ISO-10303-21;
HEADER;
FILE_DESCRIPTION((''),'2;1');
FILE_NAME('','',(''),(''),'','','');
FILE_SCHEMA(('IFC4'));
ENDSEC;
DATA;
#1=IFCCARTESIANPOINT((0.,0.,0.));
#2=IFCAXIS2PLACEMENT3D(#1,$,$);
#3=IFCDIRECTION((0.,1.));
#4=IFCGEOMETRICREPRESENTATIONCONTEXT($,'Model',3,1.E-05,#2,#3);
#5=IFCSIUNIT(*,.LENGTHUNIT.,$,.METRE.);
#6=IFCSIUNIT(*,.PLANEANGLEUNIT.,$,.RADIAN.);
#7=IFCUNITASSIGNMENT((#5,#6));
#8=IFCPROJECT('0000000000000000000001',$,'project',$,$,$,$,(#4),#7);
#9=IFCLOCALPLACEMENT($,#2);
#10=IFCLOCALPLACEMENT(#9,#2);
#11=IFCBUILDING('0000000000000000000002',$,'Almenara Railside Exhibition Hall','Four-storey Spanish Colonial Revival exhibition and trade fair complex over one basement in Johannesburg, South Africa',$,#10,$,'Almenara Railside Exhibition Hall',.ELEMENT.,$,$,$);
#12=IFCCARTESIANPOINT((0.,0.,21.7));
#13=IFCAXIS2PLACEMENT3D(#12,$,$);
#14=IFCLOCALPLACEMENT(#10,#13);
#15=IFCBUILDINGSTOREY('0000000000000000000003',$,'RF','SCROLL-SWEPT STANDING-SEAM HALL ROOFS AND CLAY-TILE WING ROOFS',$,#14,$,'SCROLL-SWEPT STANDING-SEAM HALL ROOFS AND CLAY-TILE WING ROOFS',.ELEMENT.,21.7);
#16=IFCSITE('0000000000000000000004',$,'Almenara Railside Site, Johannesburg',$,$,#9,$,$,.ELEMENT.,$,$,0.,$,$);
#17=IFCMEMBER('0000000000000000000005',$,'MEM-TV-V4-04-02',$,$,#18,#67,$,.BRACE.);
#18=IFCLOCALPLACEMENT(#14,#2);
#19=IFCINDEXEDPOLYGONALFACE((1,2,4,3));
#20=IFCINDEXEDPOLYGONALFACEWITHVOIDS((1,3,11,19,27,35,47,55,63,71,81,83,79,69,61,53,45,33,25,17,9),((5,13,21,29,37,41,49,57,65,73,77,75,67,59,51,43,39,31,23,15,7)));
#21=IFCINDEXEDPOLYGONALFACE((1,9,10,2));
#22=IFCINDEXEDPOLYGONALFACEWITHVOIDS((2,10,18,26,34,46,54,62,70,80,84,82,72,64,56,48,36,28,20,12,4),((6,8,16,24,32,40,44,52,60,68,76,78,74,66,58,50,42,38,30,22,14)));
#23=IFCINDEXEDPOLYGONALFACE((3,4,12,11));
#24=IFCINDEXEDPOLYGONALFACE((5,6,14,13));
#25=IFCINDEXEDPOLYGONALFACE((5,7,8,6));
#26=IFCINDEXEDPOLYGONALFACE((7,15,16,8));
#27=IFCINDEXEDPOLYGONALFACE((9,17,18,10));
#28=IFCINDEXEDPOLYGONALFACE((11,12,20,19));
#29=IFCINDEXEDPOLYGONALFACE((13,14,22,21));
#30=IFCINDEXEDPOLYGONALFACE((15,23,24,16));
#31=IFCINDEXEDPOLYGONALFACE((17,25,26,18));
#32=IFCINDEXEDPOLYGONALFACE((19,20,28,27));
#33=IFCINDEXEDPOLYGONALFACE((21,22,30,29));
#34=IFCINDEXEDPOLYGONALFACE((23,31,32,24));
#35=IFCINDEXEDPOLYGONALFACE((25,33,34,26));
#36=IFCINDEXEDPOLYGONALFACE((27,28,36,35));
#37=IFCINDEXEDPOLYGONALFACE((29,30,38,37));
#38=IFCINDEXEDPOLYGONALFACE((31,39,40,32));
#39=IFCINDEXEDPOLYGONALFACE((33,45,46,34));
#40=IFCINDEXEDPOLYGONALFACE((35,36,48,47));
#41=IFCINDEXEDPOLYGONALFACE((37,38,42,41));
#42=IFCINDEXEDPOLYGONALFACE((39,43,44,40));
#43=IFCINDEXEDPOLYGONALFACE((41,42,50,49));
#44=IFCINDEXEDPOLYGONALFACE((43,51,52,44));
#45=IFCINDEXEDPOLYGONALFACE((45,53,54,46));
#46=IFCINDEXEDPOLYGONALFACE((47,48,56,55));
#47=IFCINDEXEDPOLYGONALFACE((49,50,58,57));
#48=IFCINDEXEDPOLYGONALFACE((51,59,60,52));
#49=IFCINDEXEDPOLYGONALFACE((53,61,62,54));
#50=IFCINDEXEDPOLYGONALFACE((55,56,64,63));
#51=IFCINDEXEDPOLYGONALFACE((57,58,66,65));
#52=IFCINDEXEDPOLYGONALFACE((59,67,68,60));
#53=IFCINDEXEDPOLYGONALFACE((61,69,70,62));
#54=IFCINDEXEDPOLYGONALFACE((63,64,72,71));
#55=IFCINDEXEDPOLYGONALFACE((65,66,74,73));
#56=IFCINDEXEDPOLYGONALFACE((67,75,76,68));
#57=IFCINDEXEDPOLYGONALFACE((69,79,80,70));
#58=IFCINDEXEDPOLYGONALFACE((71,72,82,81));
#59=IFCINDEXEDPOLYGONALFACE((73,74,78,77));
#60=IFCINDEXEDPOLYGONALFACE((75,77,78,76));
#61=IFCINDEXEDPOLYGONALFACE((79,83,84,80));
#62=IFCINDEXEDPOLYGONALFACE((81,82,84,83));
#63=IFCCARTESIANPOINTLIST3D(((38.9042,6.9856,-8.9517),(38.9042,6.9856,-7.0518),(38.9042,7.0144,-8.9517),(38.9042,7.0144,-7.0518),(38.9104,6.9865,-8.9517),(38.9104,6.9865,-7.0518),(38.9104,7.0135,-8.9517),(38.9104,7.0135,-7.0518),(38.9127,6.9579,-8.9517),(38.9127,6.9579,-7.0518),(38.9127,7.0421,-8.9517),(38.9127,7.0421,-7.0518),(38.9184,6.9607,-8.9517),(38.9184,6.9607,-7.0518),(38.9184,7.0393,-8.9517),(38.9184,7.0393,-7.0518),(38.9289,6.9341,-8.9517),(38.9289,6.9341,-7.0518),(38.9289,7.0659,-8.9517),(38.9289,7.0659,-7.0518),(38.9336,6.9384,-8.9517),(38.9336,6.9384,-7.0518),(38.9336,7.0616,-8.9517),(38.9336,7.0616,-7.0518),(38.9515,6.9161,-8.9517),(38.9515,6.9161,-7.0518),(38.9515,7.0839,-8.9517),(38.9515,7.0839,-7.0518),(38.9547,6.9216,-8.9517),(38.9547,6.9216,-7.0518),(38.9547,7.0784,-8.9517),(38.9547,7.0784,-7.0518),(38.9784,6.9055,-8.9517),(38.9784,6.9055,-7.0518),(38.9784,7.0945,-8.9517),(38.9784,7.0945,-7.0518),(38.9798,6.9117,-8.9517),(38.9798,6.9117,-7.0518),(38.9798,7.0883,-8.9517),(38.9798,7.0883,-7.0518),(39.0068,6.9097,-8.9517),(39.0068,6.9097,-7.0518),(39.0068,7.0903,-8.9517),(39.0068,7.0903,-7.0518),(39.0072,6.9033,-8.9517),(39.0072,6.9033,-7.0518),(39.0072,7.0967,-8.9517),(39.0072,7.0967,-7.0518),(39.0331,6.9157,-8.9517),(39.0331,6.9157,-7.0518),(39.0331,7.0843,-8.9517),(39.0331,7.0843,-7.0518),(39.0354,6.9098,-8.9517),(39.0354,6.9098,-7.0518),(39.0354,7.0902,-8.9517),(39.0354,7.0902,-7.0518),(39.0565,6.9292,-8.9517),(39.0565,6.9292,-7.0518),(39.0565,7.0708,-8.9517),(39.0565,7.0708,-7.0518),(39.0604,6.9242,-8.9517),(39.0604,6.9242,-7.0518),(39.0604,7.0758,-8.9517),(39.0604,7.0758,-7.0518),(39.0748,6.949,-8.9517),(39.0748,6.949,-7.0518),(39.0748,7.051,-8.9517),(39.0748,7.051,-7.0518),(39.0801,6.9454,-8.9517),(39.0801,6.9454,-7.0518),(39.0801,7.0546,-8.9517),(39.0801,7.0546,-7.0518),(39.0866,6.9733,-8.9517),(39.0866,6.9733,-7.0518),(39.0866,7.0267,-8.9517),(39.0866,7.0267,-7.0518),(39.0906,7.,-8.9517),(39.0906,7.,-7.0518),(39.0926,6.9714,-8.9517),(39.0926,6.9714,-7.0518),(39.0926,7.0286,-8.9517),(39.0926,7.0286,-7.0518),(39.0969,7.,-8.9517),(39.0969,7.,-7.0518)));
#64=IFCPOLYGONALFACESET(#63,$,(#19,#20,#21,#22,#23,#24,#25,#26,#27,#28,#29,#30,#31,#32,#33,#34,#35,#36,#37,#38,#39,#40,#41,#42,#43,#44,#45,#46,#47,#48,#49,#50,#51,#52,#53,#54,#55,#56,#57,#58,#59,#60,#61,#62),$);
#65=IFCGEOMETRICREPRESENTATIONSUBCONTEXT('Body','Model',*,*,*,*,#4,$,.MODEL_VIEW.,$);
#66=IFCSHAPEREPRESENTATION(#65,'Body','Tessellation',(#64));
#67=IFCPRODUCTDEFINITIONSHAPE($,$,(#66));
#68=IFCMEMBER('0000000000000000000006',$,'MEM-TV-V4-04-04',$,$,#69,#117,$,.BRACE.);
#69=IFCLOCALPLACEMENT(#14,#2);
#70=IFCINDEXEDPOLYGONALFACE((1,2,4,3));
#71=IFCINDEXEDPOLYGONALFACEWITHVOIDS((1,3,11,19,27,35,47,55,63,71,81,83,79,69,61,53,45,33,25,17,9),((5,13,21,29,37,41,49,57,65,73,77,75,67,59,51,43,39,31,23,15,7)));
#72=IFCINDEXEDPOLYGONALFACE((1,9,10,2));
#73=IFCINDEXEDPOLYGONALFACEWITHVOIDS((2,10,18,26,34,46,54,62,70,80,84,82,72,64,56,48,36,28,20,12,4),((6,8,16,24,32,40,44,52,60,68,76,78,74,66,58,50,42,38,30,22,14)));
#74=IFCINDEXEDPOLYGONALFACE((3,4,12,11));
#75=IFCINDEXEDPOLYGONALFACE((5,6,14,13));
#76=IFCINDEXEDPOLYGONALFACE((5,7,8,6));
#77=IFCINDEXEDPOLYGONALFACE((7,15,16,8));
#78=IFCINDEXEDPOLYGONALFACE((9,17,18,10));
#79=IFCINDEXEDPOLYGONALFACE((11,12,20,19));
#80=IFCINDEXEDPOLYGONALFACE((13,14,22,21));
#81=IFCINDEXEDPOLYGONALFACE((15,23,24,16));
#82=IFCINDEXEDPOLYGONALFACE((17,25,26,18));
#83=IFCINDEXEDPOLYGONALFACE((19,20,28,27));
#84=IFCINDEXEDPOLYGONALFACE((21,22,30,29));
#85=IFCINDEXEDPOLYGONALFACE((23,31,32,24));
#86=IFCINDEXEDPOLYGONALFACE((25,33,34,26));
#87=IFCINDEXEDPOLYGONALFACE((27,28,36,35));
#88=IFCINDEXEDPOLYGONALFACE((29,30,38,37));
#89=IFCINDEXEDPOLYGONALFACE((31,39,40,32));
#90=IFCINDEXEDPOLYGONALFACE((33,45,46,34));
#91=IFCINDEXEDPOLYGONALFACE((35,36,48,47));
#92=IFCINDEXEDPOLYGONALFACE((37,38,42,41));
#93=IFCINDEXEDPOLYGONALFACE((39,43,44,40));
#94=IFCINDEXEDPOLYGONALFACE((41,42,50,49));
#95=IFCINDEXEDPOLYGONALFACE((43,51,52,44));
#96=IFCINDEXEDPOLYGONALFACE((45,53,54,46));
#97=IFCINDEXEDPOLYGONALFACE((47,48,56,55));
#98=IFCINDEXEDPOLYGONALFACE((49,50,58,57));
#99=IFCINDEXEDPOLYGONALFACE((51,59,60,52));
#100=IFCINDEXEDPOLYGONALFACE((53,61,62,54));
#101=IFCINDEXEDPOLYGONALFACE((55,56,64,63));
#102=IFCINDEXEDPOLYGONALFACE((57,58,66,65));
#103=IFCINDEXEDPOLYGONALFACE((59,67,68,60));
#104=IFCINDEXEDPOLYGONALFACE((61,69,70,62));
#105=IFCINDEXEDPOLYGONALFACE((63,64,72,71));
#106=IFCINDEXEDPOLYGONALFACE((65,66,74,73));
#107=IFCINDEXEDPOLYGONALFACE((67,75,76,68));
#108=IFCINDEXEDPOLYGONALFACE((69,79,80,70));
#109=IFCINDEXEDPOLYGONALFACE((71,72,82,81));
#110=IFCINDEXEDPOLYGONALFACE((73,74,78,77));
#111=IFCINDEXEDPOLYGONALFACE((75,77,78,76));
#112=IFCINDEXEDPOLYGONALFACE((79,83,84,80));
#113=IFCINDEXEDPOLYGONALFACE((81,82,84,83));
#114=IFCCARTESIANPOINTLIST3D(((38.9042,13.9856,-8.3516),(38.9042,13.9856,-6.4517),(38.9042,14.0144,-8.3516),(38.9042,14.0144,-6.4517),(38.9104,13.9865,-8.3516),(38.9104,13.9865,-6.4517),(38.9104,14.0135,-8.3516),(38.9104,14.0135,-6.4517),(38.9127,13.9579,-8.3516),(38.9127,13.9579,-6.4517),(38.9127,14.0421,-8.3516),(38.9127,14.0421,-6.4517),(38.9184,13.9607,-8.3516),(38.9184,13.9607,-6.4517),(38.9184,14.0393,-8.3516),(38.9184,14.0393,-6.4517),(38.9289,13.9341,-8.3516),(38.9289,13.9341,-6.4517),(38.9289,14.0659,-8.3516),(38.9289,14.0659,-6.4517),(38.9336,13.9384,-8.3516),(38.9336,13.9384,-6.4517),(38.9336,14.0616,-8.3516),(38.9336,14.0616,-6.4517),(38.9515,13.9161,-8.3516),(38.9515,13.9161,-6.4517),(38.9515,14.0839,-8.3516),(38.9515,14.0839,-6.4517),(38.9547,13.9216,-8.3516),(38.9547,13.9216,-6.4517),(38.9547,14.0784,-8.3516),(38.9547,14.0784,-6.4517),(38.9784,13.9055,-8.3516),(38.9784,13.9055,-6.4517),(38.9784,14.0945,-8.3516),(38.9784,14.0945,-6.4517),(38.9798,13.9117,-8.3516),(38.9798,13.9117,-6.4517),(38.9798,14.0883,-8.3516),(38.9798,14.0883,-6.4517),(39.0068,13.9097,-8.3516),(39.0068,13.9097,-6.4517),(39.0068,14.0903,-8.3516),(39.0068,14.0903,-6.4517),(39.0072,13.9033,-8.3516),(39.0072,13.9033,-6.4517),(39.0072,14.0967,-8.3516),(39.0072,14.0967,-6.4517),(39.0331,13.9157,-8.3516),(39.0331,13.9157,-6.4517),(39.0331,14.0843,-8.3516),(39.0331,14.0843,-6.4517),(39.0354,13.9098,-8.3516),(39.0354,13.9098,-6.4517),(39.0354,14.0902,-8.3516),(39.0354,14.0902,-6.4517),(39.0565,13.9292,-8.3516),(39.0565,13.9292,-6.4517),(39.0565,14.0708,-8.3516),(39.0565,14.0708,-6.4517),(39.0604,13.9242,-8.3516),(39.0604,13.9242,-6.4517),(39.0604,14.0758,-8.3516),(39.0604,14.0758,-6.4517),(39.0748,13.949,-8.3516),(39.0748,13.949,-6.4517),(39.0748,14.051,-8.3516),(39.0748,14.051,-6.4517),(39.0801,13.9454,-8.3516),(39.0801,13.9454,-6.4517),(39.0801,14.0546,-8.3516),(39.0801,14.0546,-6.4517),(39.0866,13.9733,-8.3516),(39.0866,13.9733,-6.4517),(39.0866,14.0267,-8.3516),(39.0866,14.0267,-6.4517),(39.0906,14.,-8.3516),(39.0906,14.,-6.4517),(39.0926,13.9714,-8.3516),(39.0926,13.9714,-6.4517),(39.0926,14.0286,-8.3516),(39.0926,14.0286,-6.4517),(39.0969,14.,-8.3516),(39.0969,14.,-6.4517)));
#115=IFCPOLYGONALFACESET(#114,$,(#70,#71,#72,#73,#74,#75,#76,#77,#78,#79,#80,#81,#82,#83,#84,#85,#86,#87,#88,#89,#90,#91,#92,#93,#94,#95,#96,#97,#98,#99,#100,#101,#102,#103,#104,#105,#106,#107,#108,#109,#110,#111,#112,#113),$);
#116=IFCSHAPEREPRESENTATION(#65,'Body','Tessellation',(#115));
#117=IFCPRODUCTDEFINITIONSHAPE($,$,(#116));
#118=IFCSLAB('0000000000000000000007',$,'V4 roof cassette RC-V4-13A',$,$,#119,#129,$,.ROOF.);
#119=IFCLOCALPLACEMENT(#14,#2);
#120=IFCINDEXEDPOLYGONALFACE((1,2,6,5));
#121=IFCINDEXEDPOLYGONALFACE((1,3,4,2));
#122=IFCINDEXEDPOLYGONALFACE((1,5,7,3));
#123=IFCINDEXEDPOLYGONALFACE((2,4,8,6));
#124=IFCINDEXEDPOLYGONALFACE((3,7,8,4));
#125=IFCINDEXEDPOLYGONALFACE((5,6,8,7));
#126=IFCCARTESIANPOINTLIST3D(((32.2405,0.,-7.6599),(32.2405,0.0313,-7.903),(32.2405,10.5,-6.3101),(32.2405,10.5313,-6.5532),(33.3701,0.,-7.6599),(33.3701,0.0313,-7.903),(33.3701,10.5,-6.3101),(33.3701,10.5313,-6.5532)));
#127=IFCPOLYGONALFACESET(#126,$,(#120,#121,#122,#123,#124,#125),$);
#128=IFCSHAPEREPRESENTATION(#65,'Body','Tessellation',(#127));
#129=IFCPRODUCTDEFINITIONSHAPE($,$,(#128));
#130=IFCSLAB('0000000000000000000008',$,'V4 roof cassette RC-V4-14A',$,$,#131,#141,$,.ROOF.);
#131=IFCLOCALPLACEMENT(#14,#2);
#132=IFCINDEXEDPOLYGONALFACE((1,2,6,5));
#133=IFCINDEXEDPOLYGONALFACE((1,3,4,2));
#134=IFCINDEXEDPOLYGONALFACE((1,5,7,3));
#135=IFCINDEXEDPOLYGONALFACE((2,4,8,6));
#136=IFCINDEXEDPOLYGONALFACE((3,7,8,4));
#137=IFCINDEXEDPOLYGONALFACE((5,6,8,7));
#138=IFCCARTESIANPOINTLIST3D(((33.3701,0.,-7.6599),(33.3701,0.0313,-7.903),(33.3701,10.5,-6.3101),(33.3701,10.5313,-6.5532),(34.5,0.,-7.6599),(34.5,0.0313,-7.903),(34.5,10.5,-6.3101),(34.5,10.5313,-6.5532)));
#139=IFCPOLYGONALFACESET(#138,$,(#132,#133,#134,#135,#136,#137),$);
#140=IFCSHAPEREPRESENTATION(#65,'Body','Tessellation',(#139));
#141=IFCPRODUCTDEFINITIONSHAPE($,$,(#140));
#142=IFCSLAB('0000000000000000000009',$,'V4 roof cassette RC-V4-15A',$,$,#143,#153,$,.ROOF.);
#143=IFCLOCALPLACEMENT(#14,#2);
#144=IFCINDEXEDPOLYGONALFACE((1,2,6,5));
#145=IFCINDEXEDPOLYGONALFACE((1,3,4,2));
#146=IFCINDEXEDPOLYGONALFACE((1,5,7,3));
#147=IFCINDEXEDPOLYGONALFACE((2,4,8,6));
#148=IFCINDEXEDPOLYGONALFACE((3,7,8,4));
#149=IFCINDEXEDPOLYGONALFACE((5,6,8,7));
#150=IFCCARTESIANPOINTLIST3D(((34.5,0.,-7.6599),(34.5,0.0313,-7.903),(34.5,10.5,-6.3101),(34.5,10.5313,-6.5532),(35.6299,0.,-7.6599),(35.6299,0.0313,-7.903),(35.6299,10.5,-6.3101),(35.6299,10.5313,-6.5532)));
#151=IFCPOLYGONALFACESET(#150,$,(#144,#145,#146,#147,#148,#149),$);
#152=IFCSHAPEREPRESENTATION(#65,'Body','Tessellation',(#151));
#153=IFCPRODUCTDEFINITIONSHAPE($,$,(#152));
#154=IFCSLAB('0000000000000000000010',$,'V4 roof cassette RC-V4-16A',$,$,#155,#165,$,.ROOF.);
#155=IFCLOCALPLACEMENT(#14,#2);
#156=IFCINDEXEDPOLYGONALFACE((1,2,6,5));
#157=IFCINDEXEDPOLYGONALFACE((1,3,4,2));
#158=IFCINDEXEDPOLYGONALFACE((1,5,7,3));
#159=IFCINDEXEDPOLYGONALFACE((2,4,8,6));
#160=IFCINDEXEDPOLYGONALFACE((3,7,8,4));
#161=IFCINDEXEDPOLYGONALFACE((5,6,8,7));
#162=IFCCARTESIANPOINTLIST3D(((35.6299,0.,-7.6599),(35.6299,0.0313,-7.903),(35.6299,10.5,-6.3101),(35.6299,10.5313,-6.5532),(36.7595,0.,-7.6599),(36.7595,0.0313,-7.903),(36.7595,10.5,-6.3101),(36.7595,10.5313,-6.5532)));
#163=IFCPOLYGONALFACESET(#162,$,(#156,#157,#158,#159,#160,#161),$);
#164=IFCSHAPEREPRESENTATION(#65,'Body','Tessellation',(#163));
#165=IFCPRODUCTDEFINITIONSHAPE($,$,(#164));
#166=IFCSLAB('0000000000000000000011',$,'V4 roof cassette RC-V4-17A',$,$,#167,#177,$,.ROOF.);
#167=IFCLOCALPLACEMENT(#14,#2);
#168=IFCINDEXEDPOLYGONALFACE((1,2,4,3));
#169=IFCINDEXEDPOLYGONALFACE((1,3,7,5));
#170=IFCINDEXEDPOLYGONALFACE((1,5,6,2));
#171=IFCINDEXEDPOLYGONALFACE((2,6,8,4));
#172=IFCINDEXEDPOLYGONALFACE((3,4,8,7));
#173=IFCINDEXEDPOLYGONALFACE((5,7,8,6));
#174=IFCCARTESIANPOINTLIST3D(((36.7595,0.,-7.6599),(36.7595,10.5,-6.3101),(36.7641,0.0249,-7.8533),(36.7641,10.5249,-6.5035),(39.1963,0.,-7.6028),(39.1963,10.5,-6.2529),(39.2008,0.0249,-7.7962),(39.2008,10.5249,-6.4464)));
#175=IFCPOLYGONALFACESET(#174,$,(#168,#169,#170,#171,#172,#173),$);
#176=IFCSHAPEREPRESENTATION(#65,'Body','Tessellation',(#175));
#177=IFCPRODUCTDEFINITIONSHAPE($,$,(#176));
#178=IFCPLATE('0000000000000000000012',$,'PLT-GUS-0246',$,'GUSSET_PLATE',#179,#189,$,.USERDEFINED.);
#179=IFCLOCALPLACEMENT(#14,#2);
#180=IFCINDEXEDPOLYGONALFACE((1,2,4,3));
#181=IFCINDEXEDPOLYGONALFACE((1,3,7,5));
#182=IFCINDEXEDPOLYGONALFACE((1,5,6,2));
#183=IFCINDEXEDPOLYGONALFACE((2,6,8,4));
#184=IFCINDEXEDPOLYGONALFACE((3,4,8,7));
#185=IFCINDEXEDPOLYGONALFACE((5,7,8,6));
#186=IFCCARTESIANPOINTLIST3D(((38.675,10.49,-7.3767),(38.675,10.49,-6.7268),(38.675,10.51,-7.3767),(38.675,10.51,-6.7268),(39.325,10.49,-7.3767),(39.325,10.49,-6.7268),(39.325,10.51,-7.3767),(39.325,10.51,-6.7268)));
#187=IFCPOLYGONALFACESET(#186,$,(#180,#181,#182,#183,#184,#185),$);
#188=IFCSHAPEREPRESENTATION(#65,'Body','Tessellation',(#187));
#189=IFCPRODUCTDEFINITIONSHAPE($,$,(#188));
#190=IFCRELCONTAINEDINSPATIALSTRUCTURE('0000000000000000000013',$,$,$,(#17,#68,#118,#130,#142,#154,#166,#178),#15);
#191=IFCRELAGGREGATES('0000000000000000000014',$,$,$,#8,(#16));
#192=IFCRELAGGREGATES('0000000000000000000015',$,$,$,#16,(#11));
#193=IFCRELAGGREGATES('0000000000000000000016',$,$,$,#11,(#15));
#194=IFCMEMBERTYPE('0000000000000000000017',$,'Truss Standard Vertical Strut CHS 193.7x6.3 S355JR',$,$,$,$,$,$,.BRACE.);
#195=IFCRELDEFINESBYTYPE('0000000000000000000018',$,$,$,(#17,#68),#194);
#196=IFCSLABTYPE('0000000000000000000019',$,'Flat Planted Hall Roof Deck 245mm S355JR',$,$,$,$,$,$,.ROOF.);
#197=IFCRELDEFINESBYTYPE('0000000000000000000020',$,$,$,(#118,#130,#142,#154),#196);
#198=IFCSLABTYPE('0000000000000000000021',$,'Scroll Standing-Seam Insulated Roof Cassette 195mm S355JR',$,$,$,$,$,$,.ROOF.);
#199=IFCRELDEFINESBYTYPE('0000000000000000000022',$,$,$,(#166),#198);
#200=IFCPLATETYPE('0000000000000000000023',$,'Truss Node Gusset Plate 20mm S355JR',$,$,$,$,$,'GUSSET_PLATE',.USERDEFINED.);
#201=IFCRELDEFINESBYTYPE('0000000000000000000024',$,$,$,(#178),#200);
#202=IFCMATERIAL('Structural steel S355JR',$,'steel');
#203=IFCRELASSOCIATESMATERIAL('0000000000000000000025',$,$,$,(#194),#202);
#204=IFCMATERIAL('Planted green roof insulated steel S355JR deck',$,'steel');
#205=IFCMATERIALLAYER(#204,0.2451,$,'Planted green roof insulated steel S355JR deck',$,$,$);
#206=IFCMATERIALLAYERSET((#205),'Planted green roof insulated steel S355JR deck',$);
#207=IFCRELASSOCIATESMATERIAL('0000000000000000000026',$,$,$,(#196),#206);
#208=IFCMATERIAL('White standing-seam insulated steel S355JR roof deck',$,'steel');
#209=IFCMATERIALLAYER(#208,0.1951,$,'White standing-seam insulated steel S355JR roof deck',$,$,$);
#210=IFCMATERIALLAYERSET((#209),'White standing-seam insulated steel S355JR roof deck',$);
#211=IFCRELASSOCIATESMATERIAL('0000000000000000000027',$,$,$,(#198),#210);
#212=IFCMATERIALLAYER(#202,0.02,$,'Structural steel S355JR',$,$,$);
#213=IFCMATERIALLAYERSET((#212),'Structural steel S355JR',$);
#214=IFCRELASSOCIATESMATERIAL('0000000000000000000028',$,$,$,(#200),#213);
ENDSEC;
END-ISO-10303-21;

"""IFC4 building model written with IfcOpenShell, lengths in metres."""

from ifc_helpers import new_model, si_unit, direction, frame, origin, origin_2d, place, context, subcontext, project, spatial, polyline, rectangle, hollow_circle, outline, extrude, material, layer, layer_set, material_profile, profile_set, type_object, element, save


model = new_model("IFC4")

# Units and contexts
model_context = context("Model", 3, precision=1e-05, world=origin(), true_north=direction((0.0, 1.0)))
body_context = subcontext(model_context, "Body", "Model", "MODEL_VIEW")
ifc_project = project(units=[si_unit("LENGTHUNIT", "METRE"), si_unit("PLANEANGLEUNIT", "RADIAN")], contexts=[model_context])

# Site, building, storey
site_placement = place(None, origin())
site = spatial("IfcSite", under=ifc_project, at=site_placement, Name="Almenara Railside Site, Johannesburg", CompositionType="ELEMENT", RefElevation=0.0)
building_placement = place(site_placement, origin())
building = spatial("IfcBuilding", under=site, at=building_placement, Name="Almenara Railside Exhibition Hall", Description="Four-storey Spanish Colonial Revival exhibition and trade fair complex over one basement in Johannesburg, South Africa", LongName="Almenara Railside Exhibition Hall", CompositionType="ELEMENT")
storey_placement = place(building_placement, frame((0.0, 0.0, 21.7)))
storey = spatial("IfcBuildingStorey", under=building, at=storey_placement, Name="RF", Description="SCROLL-SWEPT STANDING-SEAM HALL ROOFS AND CLAY-TILE WING ROOFS", LongName="SCROLL-SWEPT STANDING-SEAM HALL ROOFS AND CLAY-TILE WING ROOFS", CompositionType="ELEMENT", Elevation=21.7)

# Members
ifc_material_1 = material(Name="Structural steel S355JR", Category="steel")
ifc_material_profile_1 = material_profile(ifc_material_1, hollow_circle(Radius=0.0969, WallThickness=0.0063, at=origin_2d()), Name="CHS 193.7x6.3")
ifc_profile_set_1 = profile_set([ifc_material_profile_1], Name="Structural steel S355JR")
member_type_1 = type_object("IfcMemberType", Name="Truss Standard Vertical Strut CHS 193.7x6.3 S355JR", PredefinedType="BRACE", material=ifc_profile_set_1)
for number, where, z_axis, x_axis, name in (
    (1, (39.0, 7.0, -8.9517), (0.0, 0.0, 1.0), (1.0, 0.0, 0.0), "MEM-TV-V4-04-02"),
    (2, (39.0, 14.0, -8.3516), (0.0, 0.0, 1.0), (1.0, 0.0, 0.0), "MEM-TV-V4-04-04"),
):
    element("IfcMember", number, at=place(storey_placement, frame(where, z_axis=z_axis, x_axis=x_axis)), inside=storey, type_object=member_type_1, Name=name, PredefinedType="BRACE", context=body_context, shape_type="SweptSolid", body=[
        extrude(hollow_circle(Radius=0.0969, WallThickness=0.0063, at=origin_2d()), origin(), (0.0, 0.0, 1.0), 1.8999),
    ])

# Slabs
ifc_material_2 = material(Name="Planted green roof insulated steel S355JR deck", Category="steel")
ifc_layer_1 = layer(ifc_material_2, 0.2451, Name="Planted green roof insulated steel S355JR deck")
ifc_layer_set_1 = layer_set([ifc_layer_1], Name="Planted green roof insulated steel S355JR deck")
slab_type_1 = type_object("IfcSlabType", Name="Flat Planted Hall Roof Deck 245mm S355JR", PredefinedType="ROOF", material=ifc_layer_set_1)
slab_1_placement = place(storey_placement, frame((32.2405, 10.5, -6.3101), z_axis=(0.0, -0.127508, 0.991838), x_axis=(1.0, 0.0, 0.0)))
element("IfcSlab", 3, at=slab_1_placement, inside=storey, type_object=slab_type_1, Name="V4 roof cassette RC-V4-13A", PredefinedType="ROOF", context=body_context, shape_type="SweptSolid", body=[
    extrude(outline(polyline([(0.0, 0.0), (1.1296, 0.0), (1.1296, -10.5864), (0.0, -10.5864), (0.0, 0.0)])), origin(), (0.0, 0.0, -1.0), 0.2451),
])
for number, where, z_axis, x_axis, name in (
    (4, (33.3701, 10.5, -6.3101), (0.0, -0.127508, 0.991838), (1.0, 0.0, 0.0), "V4 roof cassette RC-V4-14A"),
    (5, (34.5, 10.5, -6.3101), (0.0, -0.127508, 0.991838), (1.0, 0.0, 0.0), "V4 roof cassette RC-V4-15A"),
):
    element("IfcSlab", number, at=place(storey_placement, frame(where, z_axis=z_axis, x_axis=x_axis)), inside=storey, type_object=slab_type_1, Name=name, PredefinedType="ROOF", context=body_context, shape_type="SweptSolid", body=[
        extrude(outline(polyline([(0.0, 0.0), (1.1299, 0.0), (1.1299, -10.5864), (0.0, -10.5864), (0.0, 0.0)])), origin(), (0.0, 0.0, -1.0), 0.2451),
    ])
slab_2_placement = place(storey_placement, frame((35.6299, 10.5, -6.3101), z_axis=(0.0, -0.127508, 0.991838), x_axis=(1.0, 0.0, 0.0)))
element("IfcSlab", 6, at=slab_2_placement, inside=storey, type_object=slab_type_1, Name="V4 roof cassette RC-V4-16A", PredefinedType="ROOF", context=body_context, shape_type="SweptSolid", body=[
    extrude(outline(polyline([(0.0, 0.0), (1.1296, 0.0), (1.1296, -10.5864), (0.0, -10.5864), (0.0, 0.0)])), origin(), (0.0, 0.0, -1.0), 0.2451),
])
ifc_material_3 = material(Name="White standing-seam insulated steel S355JR roof deck", Category="steel")
ifc_layer_2 = layer(ifc_material_3, 0.1951, Name="White standing-seam insulated steel S355JR roof deck")
ifc_layer_set_2 = layer_set([ifc_layer_2], Name="White standing-seam insulated steel S355JR roof deck")
slab_type_2 = type_object("IfcSlabType", Name="Scroll Standing-Seam Insulated Roof Cassette 195mm S355JR", PredefinedType="ROOF", material=ifc_layer_set_2)
slab_3_placement = place(storey_placement, frame((36.7595, 10.5, -6.3101), z_axis=(-0.023247, -0.127474, 0.991569), x_axis=(0.999725, 0.0, 0.023438)))
element("IfcSlab", 7, at=slab_3_placement, inside=storey, type_object=slab_type_2, Name="V4 roof cassette RC-V4-17A", PredefinedType="ROOF", context=body_context, shape_type="SweptSolid", body=[
    extrude(outline(polyline([(0.0, 0.0), (2.4374, 0.0), (2.4058, -10.5864), (-0.0316, -10.5864), (0.0, 0.0)])), origin(), (0.0, 0.0, -1.0), 0.1951),
])

# Plate
ifc_layer_3 = layer(ifc_material_1, 0.02, Name="Structural steel S355JR")
ifc_layer_set_3 = layer_set([ifc_layer_3], Name="Structural steel S355JR")
plate_type_1 = type_object("IfcPlateType", Name="Truss Node Gusset Plate 20mm S355JR", ElementType="GUSSET_PLATE", PredefinedType="USERDEFINED", material=ifc_layer_set_3)
plate_1_placement = place(storey_placement, frame((39.0, 10.5, -7.3767), z_axis=(0.0, 0.0, 1.0), x_axis=(1.0, 0.0, 0.0)))
element("IfcPlate", 8, at=plate_1_placement, inside=storey, type_object=plate_type_1, Name="PLT-GUS-0246", ObjectType="GUSSET_PLATE", PredefinedType="USERDEFINED", context=body_context, shape_type="SweptSolid", body=[
    extrude(rectangle(XDim=0.6499, YDim=0.02, at=origin_2d()), origin(), (0.0, 0.0, 1.0), 0.6499),
])

save(model, "model.ifc")
